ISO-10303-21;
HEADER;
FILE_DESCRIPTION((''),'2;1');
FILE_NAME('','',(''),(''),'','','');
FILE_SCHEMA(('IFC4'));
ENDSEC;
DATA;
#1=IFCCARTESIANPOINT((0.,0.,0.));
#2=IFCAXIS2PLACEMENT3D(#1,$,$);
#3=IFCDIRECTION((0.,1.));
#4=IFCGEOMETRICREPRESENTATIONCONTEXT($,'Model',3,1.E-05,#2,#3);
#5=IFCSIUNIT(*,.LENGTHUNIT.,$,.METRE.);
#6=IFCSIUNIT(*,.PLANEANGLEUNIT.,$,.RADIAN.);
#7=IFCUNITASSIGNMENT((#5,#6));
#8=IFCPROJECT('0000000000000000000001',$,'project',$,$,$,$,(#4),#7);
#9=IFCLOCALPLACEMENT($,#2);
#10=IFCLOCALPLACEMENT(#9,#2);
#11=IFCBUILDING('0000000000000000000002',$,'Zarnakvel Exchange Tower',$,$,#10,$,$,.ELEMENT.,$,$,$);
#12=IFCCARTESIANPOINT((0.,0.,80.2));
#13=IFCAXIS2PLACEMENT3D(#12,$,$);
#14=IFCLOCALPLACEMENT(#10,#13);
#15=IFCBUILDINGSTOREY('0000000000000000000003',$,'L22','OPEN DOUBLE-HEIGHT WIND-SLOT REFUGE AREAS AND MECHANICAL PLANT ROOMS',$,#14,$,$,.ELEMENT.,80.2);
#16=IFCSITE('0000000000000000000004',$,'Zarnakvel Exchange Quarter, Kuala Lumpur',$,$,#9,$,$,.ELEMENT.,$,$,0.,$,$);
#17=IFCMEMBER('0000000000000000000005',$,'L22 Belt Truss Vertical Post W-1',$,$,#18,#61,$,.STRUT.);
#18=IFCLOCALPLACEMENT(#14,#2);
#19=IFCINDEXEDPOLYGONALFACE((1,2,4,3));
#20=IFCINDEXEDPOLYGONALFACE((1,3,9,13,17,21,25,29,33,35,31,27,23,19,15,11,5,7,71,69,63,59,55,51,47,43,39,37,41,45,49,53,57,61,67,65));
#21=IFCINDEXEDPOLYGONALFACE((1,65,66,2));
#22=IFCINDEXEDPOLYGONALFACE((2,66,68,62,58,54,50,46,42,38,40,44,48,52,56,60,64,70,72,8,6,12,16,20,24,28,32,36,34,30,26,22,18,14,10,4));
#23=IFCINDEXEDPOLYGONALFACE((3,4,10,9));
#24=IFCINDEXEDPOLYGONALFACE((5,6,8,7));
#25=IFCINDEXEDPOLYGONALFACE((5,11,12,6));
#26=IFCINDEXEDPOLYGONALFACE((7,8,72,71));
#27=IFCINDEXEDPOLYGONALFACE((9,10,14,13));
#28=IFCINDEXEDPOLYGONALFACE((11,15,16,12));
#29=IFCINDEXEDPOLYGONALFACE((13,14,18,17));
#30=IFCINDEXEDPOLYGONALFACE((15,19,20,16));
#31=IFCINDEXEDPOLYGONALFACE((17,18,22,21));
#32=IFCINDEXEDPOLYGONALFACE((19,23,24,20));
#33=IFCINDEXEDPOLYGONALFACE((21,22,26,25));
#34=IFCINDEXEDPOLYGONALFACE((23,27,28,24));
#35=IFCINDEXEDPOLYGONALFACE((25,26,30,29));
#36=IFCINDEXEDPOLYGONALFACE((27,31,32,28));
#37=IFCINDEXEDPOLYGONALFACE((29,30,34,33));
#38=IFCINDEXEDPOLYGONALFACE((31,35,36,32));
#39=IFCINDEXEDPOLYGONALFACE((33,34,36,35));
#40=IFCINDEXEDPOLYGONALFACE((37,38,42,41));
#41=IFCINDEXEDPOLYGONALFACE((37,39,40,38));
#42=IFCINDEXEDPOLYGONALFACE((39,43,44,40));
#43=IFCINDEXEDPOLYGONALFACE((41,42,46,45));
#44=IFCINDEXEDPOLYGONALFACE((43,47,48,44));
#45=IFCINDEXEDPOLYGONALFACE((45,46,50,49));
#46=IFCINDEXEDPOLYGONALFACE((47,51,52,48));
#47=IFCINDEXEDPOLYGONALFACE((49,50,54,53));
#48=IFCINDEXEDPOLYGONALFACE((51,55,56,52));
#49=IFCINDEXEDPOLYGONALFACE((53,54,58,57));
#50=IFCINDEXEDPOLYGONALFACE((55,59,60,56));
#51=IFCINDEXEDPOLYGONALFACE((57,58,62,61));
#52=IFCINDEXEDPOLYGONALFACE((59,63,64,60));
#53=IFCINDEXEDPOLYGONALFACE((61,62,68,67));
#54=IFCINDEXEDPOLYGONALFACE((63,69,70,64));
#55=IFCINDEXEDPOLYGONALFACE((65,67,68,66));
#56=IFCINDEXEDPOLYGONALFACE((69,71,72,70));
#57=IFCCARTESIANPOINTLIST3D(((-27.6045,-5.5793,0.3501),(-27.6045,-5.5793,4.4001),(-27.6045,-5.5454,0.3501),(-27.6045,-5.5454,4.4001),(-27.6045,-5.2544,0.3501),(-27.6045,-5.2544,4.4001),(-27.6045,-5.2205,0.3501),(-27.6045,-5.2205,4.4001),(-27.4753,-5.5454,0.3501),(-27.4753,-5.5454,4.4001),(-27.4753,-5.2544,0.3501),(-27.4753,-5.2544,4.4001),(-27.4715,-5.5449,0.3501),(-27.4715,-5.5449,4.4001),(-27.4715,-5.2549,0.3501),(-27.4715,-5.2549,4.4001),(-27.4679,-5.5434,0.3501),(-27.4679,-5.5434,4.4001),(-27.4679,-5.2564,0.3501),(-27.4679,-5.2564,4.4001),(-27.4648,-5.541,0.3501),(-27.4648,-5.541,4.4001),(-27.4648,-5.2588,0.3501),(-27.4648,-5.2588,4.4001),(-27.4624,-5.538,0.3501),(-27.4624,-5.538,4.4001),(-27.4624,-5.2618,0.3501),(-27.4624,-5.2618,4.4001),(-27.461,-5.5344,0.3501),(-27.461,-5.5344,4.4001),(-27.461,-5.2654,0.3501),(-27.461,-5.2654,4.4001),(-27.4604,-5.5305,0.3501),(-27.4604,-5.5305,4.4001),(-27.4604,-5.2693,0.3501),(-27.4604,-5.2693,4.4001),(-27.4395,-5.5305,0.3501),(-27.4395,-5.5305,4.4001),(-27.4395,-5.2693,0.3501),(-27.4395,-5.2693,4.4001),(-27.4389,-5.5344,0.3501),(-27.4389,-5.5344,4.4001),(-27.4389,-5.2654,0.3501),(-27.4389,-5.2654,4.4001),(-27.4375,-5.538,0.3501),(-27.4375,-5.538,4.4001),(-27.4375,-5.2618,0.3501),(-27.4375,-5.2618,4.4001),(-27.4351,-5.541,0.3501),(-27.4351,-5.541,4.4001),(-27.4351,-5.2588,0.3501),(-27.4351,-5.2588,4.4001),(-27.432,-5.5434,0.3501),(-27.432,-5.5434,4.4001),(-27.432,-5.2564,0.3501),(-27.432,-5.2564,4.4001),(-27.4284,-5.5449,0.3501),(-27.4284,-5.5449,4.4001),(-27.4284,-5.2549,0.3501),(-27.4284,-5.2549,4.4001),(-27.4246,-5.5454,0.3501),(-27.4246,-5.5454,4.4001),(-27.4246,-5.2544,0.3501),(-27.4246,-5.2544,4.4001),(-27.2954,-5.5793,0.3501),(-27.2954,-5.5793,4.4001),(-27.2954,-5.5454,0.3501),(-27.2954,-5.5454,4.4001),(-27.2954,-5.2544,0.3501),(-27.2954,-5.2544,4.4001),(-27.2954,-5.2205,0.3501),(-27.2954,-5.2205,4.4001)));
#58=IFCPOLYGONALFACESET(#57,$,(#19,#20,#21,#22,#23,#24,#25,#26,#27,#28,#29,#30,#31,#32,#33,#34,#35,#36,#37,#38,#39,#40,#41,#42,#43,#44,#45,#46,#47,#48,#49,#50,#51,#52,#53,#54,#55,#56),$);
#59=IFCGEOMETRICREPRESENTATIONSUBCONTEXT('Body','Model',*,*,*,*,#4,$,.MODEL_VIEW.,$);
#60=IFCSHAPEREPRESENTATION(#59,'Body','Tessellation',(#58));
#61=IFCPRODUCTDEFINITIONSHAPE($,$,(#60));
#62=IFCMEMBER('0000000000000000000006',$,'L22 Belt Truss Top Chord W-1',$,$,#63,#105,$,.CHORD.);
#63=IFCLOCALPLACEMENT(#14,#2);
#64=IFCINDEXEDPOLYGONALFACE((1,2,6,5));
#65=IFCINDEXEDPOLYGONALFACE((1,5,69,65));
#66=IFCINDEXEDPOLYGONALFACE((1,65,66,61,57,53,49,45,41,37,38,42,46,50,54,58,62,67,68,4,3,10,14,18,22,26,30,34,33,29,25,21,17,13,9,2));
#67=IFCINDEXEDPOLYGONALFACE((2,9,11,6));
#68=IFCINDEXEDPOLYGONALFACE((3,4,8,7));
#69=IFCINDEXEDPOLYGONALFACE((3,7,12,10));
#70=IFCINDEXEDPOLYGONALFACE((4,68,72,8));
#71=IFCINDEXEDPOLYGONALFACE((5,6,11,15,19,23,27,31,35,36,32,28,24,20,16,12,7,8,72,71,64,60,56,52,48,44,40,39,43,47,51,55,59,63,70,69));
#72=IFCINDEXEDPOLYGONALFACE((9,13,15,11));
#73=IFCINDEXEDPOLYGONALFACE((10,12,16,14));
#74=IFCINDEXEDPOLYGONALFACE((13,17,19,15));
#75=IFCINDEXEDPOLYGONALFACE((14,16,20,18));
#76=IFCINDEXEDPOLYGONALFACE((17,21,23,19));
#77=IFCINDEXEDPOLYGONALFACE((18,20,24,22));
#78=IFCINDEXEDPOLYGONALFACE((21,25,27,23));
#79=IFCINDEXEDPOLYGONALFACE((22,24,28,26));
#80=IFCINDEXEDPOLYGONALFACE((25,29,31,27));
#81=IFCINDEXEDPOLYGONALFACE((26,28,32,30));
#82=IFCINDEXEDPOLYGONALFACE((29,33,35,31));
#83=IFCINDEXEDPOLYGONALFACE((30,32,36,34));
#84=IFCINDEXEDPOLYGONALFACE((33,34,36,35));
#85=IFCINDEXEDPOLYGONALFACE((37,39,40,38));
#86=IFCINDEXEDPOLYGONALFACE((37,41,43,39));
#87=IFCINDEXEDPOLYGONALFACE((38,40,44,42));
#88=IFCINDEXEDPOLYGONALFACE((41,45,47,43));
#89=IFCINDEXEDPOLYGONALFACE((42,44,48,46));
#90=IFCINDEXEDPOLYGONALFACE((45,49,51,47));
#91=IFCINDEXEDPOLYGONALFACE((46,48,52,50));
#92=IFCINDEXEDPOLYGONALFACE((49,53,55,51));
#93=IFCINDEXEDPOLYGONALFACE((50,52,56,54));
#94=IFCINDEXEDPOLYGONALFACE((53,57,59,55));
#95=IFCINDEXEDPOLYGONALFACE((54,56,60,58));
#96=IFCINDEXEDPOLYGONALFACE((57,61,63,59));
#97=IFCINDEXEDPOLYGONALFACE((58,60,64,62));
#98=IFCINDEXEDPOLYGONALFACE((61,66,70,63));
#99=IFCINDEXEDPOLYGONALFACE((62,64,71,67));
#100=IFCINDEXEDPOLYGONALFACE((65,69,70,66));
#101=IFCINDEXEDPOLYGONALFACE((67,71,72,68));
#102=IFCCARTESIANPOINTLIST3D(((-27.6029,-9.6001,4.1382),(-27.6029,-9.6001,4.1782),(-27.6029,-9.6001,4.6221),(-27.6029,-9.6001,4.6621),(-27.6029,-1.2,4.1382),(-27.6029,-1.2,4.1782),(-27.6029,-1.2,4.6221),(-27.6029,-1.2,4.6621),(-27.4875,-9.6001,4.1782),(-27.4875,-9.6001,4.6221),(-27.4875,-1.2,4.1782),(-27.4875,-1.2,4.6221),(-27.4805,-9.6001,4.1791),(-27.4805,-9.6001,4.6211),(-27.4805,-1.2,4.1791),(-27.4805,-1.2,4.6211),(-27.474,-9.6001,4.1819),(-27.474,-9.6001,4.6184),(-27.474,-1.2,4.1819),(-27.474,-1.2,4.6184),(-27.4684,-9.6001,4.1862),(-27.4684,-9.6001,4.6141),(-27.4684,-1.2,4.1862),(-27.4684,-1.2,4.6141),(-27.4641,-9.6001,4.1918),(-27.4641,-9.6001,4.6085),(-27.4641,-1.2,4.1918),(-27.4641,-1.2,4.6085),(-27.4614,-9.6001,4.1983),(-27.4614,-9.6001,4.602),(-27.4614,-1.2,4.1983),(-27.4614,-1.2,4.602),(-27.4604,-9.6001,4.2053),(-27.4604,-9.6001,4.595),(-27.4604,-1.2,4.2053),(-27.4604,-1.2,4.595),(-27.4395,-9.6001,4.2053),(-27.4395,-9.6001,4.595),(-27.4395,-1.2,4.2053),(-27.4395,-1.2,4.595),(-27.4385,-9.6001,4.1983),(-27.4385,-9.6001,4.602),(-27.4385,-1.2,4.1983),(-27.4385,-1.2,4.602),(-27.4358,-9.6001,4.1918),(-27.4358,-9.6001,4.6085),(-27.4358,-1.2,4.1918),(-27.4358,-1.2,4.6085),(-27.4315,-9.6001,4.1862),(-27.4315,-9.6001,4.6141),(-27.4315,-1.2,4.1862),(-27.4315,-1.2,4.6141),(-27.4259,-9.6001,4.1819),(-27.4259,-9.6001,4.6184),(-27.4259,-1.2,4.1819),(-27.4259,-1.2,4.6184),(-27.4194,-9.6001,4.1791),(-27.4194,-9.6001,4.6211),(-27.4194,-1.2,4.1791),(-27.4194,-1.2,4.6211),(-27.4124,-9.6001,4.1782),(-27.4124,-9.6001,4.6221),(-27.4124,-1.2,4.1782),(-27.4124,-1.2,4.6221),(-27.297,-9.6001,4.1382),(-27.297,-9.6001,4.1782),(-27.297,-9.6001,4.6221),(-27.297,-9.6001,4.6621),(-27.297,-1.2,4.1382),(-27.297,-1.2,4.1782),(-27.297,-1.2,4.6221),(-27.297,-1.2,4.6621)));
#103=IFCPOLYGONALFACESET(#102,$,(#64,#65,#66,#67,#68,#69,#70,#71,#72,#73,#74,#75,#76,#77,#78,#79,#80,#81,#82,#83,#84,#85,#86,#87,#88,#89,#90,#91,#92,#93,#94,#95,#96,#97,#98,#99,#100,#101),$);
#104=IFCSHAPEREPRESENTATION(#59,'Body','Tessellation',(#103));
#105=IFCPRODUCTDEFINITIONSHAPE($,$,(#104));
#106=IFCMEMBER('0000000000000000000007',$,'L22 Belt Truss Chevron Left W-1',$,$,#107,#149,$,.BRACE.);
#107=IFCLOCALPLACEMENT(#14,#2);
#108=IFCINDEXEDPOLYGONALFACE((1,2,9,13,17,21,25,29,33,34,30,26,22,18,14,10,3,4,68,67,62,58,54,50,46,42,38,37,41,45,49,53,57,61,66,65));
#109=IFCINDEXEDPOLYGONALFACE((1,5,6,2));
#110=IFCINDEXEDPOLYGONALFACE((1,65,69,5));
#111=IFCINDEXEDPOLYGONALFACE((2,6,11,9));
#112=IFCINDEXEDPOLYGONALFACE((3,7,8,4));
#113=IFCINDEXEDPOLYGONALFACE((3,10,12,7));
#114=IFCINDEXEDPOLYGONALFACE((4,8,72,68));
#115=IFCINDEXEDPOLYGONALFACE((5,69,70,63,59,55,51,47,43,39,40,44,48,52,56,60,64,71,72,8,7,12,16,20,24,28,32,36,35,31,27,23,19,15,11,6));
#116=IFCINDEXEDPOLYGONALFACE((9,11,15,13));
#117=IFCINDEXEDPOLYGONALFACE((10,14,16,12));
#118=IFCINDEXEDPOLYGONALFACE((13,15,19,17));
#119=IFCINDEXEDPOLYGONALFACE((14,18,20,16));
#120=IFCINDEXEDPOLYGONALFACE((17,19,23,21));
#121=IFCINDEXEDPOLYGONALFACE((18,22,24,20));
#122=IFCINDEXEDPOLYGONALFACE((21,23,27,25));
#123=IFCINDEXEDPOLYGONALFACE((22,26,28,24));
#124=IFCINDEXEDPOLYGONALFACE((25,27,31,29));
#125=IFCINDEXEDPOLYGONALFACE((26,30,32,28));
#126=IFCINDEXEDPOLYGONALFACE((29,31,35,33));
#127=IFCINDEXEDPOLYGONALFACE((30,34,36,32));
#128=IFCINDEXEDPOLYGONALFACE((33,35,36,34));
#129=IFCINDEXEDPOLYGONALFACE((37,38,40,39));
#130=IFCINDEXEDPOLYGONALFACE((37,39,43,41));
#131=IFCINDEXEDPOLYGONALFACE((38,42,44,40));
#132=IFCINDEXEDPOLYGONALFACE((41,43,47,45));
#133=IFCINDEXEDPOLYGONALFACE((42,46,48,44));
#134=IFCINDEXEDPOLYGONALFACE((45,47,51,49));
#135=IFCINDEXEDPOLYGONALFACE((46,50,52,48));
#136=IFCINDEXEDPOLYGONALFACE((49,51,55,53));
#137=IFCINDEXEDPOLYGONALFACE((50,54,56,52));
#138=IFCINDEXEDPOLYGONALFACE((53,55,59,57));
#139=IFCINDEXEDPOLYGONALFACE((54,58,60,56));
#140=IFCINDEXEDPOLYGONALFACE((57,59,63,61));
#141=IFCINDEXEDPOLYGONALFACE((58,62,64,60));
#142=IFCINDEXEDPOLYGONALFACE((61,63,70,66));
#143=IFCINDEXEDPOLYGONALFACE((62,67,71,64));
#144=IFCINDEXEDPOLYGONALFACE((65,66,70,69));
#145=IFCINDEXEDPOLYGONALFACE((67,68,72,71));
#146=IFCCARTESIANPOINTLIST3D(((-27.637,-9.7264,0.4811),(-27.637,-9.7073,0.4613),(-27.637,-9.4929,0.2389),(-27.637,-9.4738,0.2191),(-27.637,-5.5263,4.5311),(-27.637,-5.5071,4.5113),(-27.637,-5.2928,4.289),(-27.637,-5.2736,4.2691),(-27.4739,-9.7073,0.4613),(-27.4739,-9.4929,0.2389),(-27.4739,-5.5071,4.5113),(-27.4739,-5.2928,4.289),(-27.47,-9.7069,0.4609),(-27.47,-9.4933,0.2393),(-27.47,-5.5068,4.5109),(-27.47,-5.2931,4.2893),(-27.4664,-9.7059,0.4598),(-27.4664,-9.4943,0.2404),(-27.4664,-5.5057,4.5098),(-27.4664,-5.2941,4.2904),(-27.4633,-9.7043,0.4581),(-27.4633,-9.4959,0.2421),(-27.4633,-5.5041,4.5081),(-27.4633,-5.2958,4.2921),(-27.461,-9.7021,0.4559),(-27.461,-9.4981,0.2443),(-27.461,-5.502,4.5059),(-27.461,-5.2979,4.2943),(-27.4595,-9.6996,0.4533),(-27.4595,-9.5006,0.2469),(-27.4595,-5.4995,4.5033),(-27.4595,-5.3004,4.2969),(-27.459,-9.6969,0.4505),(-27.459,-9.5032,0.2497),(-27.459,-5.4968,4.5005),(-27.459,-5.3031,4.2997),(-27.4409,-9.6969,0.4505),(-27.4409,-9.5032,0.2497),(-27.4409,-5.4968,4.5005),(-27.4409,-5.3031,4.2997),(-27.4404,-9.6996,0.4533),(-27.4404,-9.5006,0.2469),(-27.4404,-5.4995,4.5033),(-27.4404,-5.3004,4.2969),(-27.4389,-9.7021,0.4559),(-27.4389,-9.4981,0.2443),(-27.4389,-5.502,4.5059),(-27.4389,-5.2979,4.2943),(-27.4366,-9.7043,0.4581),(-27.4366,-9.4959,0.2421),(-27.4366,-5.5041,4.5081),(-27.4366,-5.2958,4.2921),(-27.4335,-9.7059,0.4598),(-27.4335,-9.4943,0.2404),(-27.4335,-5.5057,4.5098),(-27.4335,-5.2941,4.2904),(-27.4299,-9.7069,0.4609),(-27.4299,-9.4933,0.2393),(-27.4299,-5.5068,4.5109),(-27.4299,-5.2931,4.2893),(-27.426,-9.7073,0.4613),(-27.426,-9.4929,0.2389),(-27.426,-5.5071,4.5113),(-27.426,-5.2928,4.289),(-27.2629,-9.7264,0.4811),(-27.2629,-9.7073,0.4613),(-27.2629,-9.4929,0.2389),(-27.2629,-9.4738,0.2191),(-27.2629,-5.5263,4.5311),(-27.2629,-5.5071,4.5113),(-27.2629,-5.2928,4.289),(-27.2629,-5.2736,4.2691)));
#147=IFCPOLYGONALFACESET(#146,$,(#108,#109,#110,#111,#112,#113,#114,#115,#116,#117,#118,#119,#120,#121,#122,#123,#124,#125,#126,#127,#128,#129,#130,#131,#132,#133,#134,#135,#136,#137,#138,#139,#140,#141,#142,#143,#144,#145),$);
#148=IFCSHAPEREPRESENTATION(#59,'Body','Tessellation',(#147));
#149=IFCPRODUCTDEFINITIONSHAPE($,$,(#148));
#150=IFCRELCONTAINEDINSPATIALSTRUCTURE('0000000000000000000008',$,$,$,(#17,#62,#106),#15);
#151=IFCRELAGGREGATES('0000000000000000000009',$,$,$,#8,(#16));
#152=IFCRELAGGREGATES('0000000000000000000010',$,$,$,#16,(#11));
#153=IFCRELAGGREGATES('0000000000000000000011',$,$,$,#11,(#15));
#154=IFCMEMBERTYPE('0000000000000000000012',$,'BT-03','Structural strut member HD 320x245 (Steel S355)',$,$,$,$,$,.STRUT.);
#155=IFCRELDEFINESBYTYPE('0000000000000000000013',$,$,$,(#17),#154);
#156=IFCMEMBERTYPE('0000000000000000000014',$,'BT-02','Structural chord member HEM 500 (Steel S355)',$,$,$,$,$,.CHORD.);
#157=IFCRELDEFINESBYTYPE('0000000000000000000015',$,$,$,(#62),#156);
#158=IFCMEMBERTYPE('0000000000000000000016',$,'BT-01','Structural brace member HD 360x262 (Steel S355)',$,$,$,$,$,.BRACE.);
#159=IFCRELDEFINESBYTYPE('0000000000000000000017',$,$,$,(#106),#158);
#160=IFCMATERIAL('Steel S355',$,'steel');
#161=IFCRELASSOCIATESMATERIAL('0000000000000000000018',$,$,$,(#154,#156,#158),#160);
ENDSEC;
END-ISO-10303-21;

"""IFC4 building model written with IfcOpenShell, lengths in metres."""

from ifc_helpers import new_model, si_unit, direction, frame, origin, origin_2d, place, context, subcontext, project, spatial, i_section, extrude, source, transform, mapped, material, material_profile, profile_set, type_object, element, save


model = new_model("IFC4")

# Units and contexts
model_context = context("Model", 3, precision=1e-05, world=origin(), true_north=direction((0.0, 1.0)))
body_context = subcontext(model_context, "Body", "Model", "MODEL_VIEW")
ifc_project = project(units=[si_unit("LENGTHUNIT", "METRE"), si_unit("PLANEANGLEUNIT", "RADIAN")], contexts=[model_context])

# Site, building, storey
site_placement = place(None, origin())
site = spatial("IfcSite", under=ifc_project, at=site_placement, Name="Zarnakvel Exchange Quarter, Kuala Lumpur", CompositionType="ELEMENT", RefElevation=0.0)
building_placement = place(site_placement, origin())
building = spatial("IfcBuilding", under=site, at=building_placement, Name="Zarnakvel Exchange Tower", CompositionType="ELEMENT")
storey_placement = place(building_placement, frame((0.0, 0.0, 80.2)))
storey = spatial("IfcBuildingStorey", under=building, at=storey_placement, Name="L22", Description="OPEN DOUBLE-HEIGHT WIND-SLOT REFUGE AREAS AND MECHANICAL PLANT ROOMS", CompositionType="ELEMENT", Elevation=80.2)

# Shared definitions
ifc_material_1 = material(Name="Steel S355", Category="steel")

# Members
ifc_material_profile_1 = material_profile(ifc_material_1, i_section(OverallWidth=0.3091, OverallDepth=0.3589, WebThickness=0.021, FlangeThickness=0.0339, FilletRadius=0.0149, at=origin_2d()))
ifc_profile_set_1 = profile_set([ifc_material_profile_1], Name="Steel S355")
member_type_1 = type_object("IfcMemberType", Name="BT-03", Description="Structural strut member HD 320x245 (Steel S355)", PredefinedType="STRUT", material=ifc_profile_set_1)
shared_shape_1 = source(origin(), body_context, "Body", "SweptSolid", [
    extrude(i_section(OverallWidth=0.3091, OverallDepth=0.3589, WebThickness=0.021, FlangeThickness=0.0339, FilletRadius=0.0149, at=origin_2d()), origin(), (0.0, 0.0, 1.0), 4.05),
])
member_1_placement = place(storey_placement, frame((-27.45, -5.3999, 0.3501), z_axis=(0.0, 0.0, 1.0), x_axis=(1.0, 0.0, 0.0)))
element("IfcMember", 1, at=member_1_placement, inside=storey, type_object=member_type_1, Name="L22 Belt Truss Vertical Post W-1", PredefinedType="STRUT", context=body_context, shape_type="MappedRepresentation", body=[
    mapped(shared_shape_1, transform((0.0, 0.0, 0.0), x_axis=(1.0, 0.0, 0.0), y_axis=(0.0, 1.0, 0.0), z_axis=(0.0, 0.0, 1.0), scale=1.0)),
])
ifc_material_profile_2 = material_profile(ifc_material_1, i_section(OverallWidth=0.3059, OverallDepth=0.5239, WebThickness=0.021, FlangeThickness=0.04, FilletRadius=0.0271, at=origin_2d()))
ifc_profile_set_2 = profile_set([ifc_material_profile_2], Name="Steel S355")
member_type_2 = type_object("IfcMemberType", Name="BT-02", Description="Structural chord member HEM 500 (Steel S355)", PredefinedType="CHORD", material=ifc_profile_set_2)
shared_shape_2 = source(origin(), body_context, "Body", "SweptSolid", [
    extrude(i_section(OverallWidth=0.3059, OverallDepth=0.5239, WebThickness=0.021, FlangeThickness=0.04, FilletRadius=0.0271, at=origin_2d()), origin(), (0.0, 0.0, 1.0), 8.4001),
])
member_2_placement = place(storey_placement, frame((-27.45, -9.6001, 4.4001), z_axis=(0.0, 1.0, 0.0), x_axis=(-1.0, 0.0, 0.0)))
element("IfcMember", 2, at=member_2_placement, inside=storey, type_object=member_type_2, Name="L22 Belt Truss Top Chord W-1", PredefinedType="CHORD", context=body_context, shape_type="MappedRepresentation", body=[
    mapped(shared_shape_2, transform((0.0, 0.0, 0.0), x_axis=(1.0, 0.0, 0.0), y_axis=(0.0, 1.0, 0.0), z_axis=(0.0, 0.0, 1.0), scale=1.0)),
])
ifc_material_profile_3 = material_profile(ifc_material_1, i_section(OverallWidth=0.374, OverallDepth=0.364, WebThickness=0.0181, FlangeThickness=0.0276, FilletRadius=0.0149, at=origin_2d()))
ifc_profile_set_3 = profile_set([ifc_material_profile_3], Name="Steel S355")
member_type_3 = type_object("IfcMemberType", Name="BT-01", Description="Structural brace member HD 360x262 (Steel S355)", PredefinedType="BRACE", material=ifc_profile_set_3)
shared_shape_3 = source(origin(), body_context, "Body", "SweptSolid", [
    extrude(i_section(OverallWidth=0.374, OverallDepth=0.364, WebThickness=0.0181, FlangeThickness=0.0276, FilletRadius=0.0149, at=origin_2d()), origin(), (0.0, 0.0, 1.0), 5.8347),
])
member_3_placement = place(storey_placement, frame((-27.45, -9.6001, 0.3501), z_axis=(0.0, 0.719856, 0.694123), x_axis=(-1.0, 0.0, 0.0)))
element("IfcMember", 3, at=member_3_placement, inside=storey, type_object=member_type_3, Name="L22 Belt Truss Chevron Left W-1", PredefinedType="BRACE", context=body_context, shape_type="MappedRepresentation", body=[
    mapped(shared_shape_3, transform((0.0, 0.0, 0.0), x_axis=(1.0, 0.0, 0.0), y_axis=(0.0, 1.0, 0.0), z_axis=(0.0, 0.0, 1.0), scale=1.0)),
])

save(model, "model.ifc")
